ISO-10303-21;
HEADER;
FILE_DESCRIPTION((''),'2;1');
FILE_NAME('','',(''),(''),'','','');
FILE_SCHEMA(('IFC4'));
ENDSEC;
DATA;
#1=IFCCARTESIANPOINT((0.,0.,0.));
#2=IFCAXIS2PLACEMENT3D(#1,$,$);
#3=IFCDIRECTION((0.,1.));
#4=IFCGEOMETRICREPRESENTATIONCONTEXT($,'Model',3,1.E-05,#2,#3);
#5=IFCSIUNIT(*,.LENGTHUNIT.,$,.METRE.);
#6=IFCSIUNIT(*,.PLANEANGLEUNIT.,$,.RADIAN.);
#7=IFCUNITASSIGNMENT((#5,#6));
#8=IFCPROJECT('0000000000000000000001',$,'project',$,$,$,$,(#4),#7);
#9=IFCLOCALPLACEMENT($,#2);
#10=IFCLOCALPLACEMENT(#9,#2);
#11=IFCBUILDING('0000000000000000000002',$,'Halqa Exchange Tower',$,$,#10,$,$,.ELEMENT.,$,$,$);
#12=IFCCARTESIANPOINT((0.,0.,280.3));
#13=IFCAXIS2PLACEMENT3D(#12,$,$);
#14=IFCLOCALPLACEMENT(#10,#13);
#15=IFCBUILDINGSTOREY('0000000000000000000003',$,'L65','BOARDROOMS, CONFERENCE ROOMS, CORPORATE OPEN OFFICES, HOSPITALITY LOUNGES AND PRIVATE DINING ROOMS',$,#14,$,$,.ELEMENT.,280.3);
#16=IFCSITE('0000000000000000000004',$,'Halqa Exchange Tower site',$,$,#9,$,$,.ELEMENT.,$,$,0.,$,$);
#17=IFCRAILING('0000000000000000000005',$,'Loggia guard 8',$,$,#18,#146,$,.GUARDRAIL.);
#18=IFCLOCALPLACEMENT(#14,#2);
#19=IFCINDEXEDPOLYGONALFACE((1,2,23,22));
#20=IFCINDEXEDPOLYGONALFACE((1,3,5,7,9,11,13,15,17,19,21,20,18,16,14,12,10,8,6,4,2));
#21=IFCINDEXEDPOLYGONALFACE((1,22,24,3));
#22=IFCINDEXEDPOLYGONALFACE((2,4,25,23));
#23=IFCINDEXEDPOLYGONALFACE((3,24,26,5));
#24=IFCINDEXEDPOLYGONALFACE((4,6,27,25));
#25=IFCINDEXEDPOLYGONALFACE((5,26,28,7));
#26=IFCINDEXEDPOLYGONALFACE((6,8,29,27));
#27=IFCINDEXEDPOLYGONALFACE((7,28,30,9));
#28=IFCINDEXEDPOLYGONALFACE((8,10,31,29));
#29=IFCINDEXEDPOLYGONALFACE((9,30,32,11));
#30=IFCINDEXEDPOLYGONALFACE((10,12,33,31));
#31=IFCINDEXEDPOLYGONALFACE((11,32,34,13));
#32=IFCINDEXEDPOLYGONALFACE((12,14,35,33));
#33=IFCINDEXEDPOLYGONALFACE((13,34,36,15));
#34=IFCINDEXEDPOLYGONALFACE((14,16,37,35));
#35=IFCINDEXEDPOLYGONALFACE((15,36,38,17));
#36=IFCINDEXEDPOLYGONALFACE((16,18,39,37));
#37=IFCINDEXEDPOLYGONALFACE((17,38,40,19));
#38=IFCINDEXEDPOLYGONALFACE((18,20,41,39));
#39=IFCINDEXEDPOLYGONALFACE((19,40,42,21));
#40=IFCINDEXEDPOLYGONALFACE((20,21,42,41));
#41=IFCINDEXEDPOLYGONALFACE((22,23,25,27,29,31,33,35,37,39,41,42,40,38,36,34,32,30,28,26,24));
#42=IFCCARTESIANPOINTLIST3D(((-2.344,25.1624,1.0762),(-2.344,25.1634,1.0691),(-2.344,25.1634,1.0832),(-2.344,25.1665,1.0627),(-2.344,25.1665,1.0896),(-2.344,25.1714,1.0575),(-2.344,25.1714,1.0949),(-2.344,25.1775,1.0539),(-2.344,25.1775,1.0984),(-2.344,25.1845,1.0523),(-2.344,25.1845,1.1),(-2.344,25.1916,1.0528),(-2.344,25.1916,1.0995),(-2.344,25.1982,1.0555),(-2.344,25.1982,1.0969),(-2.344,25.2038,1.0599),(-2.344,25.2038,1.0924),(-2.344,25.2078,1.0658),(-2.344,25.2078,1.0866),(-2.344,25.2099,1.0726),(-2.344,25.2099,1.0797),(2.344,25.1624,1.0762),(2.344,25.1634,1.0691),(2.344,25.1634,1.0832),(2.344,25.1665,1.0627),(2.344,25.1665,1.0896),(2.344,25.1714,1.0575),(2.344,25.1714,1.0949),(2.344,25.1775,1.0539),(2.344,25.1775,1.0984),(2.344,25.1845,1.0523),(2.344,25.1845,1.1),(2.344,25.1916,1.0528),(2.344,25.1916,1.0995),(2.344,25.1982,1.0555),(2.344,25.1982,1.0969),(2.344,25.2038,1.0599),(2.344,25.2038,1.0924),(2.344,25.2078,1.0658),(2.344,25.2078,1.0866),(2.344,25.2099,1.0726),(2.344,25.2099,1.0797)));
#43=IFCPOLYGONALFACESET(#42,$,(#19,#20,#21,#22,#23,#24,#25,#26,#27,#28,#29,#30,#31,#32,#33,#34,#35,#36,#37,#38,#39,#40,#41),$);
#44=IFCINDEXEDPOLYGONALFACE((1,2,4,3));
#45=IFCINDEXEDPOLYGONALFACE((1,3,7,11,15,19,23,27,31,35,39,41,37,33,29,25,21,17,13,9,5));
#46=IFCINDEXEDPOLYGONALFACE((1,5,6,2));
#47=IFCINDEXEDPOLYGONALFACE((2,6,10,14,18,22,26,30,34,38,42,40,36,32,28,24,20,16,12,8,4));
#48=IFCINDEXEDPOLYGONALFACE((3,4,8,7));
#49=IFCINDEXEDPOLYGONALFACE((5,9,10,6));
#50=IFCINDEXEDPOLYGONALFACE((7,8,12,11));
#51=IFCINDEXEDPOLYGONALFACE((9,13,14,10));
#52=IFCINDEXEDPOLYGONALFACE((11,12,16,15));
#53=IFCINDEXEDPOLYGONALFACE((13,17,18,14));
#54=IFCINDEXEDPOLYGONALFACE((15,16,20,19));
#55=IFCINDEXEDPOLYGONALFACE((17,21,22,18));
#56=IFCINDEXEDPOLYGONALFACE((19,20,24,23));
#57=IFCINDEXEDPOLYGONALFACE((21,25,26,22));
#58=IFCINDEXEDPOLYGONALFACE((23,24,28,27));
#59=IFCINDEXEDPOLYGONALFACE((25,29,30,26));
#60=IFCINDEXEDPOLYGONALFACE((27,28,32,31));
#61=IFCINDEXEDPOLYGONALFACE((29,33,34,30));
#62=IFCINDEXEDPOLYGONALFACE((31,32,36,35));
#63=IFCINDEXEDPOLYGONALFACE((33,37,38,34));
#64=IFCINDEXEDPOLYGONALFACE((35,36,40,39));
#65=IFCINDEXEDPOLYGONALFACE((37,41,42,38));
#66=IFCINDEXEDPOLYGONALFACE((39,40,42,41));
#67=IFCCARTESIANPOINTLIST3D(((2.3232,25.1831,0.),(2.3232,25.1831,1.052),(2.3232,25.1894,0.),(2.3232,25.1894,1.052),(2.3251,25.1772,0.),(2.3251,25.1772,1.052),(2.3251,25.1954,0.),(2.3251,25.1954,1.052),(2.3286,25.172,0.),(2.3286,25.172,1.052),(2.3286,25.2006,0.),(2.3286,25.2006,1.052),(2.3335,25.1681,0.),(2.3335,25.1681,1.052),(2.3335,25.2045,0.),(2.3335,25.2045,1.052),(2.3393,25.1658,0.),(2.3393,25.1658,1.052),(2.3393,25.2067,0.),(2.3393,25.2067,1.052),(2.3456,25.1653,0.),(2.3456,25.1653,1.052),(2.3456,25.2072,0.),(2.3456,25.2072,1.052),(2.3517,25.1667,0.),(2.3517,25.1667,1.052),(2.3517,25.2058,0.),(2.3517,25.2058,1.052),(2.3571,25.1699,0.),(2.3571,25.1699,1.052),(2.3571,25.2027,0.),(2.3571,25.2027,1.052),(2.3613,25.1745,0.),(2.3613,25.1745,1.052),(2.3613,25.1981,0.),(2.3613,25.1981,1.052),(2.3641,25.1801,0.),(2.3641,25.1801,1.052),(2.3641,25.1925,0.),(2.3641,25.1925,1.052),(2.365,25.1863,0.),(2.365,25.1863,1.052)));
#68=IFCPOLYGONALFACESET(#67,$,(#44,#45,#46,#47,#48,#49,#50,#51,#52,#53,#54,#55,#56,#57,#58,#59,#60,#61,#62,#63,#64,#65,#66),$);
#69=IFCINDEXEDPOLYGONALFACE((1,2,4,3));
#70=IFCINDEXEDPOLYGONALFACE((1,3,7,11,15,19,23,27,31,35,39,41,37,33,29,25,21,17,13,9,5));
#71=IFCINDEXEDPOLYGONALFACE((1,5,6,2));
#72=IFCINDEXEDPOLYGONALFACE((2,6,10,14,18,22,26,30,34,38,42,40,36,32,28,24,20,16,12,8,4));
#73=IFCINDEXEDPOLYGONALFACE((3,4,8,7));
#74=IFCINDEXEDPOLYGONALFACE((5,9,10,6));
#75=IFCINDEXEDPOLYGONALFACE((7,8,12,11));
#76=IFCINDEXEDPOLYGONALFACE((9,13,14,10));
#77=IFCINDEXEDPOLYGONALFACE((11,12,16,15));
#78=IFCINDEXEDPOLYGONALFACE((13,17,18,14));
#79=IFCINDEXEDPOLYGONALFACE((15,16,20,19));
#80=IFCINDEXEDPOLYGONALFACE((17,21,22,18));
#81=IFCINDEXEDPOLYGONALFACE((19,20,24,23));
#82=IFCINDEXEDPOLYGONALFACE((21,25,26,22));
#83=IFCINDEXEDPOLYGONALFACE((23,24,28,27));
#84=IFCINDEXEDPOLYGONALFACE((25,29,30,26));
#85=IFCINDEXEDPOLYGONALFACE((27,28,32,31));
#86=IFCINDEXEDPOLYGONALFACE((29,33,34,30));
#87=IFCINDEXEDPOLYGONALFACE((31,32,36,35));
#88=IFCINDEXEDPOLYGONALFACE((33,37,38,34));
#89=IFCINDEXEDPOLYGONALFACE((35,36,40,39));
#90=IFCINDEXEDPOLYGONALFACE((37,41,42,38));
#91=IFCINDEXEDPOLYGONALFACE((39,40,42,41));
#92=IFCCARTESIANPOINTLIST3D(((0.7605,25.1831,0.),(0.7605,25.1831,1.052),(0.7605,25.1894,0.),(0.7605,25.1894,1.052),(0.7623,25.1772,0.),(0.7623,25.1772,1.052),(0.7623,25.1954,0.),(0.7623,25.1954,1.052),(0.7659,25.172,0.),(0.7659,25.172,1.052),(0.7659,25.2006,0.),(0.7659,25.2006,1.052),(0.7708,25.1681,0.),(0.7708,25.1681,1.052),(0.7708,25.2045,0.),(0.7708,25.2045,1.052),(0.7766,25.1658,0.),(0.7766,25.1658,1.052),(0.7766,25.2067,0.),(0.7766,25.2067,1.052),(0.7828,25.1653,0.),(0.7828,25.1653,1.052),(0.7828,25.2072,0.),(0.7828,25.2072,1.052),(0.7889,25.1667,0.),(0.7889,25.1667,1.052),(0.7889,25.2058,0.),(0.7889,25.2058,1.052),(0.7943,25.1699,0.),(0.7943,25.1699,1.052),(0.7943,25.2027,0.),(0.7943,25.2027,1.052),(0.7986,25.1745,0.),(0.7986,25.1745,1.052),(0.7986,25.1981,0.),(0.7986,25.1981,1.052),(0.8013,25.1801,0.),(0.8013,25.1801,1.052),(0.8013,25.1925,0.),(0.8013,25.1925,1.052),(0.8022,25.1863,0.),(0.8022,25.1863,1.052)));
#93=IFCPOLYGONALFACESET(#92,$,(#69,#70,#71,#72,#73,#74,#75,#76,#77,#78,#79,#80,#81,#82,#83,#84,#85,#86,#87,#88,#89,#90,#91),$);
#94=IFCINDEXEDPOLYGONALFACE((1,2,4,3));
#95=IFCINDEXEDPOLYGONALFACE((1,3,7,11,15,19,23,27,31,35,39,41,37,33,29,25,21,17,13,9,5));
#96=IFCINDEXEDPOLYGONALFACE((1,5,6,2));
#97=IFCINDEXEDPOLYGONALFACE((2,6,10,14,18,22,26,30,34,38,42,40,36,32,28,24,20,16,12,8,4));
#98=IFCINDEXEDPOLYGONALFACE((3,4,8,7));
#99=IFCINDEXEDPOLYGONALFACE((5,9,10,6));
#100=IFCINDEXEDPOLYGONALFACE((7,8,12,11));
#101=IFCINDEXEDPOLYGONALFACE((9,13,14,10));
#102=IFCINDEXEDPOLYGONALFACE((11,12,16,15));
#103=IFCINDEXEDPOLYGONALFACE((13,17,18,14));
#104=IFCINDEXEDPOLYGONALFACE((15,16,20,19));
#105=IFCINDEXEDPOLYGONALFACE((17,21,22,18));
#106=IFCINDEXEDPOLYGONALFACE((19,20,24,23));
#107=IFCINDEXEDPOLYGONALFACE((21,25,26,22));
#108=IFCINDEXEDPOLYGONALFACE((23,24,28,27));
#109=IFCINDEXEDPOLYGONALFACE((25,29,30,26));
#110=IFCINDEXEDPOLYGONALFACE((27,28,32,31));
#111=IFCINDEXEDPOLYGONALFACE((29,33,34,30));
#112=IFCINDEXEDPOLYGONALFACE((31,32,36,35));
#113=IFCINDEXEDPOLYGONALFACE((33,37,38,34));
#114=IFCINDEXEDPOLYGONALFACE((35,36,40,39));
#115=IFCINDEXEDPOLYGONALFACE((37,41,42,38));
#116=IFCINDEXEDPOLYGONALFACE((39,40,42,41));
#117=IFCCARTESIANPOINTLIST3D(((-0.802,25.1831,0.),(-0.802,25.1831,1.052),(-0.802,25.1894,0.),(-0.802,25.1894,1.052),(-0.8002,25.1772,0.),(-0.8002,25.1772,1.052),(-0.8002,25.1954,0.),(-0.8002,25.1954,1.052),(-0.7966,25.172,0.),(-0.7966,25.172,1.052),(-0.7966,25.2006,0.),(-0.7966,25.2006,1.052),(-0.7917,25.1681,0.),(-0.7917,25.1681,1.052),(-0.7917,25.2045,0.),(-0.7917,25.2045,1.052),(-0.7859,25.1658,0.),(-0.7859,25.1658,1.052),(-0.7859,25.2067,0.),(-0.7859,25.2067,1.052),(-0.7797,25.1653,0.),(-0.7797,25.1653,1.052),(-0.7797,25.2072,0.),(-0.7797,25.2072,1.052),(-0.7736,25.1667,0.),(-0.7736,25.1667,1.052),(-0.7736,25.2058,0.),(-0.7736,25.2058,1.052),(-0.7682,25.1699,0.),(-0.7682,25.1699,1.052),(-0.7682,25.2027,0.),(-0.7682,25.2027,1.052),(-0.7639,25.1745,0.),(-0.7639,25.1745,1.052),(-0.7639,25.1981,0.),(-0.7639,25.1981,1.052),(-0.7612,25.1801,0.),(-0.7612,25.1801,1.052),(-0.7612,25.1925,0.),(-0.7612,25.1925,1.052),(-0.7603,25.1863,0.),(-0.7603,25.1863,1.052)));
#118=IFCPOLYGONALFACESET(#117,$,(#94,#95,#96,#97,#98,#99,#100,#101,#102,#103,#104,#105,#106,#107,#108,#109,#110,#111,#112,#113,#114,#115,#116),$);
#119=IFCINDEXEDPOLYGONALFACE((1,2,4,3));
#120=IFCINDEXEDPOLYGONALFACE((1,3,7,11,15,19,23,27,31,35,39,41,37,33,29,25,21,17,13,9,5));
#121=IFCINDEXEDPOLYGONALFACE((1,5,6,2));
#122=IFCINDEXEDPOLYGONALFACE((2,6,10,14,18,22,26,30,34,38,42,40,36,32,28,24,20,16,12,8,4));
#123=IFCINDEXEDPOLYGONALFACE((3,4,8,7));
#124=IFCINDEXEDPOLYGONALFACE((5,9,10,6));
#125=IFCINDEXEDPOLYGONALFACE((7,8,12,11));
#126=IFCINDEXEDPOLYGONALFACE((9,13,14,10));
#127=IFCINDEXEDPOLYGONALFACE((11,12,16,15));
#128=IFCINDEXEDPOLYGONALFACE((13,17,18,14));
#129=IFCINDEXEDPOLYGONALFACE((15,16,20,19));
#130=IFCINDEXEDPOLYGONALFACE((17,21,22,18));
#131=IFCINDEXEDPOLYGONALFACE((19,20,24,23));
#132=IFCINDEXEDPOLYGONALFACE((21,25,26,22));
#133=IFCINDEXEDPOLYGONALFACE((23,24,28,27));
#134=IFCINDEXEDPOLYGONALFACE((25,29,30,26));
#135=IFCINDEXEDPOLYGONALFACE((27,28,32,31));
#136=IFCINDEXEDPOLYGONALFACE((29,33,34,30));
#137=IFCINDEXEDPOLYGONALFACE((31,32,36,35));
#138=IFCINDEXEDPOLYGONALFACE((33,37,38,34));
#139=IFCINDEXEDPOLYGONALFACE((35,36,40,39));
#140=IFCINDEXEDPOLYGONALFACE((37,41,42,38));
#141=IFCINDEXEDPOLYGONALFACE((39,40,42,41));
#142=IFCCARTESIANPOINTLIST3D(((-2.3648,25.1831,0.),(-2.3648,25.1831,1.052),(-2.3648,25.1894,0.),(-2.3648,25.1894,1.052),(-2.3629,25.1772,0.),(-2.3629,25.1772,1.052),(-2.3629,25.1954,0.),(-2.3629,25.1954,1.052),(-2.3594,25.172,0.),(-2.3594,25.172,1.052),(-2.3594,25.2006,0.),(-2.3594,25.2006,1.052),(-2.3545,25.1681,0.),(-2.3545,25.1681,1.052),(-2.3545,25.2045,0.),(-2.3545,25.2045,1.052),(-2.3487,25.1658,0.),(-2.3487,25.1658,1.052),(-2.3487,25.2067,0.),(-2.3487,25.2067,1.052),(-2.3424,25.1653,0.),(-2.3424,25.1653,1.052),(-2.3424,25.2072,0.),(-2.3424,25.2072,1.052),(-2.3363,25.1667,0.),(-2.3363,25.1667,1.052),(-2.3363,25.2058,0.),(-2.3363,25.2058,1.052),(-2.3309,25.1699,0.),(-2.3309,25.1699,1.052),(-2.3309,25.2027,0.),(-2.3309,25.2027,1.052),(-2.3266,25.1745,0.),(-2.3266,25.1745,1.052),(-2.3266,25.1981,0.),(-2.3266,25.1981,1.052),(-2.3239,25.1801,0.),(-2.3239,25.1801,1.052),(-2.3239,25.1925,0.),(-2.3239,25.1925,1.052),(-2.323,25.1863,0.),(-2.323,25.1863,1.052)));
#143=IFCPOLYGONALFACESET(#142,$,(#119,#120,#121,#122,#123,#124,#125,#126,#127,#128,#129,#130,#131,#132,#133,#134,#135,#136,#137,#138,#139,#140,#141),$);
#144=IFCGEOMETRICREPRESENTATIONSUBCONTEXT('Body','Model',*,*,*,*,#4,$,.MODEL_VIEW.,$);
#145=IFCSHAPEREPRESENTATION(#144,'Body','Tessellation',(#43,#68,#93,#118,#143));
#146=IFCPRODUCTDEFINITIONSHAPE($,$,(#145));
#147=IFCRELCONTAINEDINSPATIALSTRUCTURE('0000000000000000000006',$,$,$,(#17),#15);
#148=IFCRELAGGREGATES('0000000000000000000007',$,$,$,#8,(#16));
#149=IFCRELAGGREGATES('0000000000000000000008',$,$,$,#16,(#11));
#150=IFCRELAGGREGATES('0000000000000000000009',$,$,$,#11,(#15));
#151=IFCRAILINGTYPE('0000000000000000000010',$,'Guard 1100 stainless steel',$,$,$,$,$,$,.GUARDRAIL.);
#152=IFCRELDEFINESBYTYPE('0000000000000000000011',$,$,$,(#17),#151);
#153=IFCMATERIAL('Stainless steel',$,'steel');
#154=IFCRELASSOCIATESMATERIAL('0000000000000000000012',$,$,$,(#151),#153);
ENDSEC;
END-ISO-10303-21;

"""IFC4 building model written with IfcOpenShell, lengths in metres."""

from ifc_helpers import new_model, si_unit, direction, frame, origin, origin_2d, place, context, subcontext, project, spatial, circle, extrude, material, type_object, element, save


model = new_model("IFC4")

# Units and contexts
model_context = context("Model", 3, precision=1e-05, world=origin(), true_north=direction((0.0, 1.0)))
body_context = subcontext(model_context, "Body", "Model", "MODEL_VIEW")
ifc_project = project(units=[si_unit("LENGTHUNIT", "METRE"), si_unit("PLANEANGLEUNIT", "RADIAN")], contexts=[model_context])

# Site, building, storey
site_placement = place(None, origin())
site = spatial("IfcSite", under=ifc_project, at=site_placement, Name="Halqa Exchange Tower site", CompositionType="ELEMENT", RefElevation=0.0)
building_placement = place(site_placement, origin())
building = spatial("IfcBuilding", under=site, at=building_placement, Name="Halqa Exchange Tower", CompositionType="ELEMENT")
storey_placement = place(building_placement, frame((0.0, 0.0, 280.3)))
storey = spatial("IfcBuildingStorey", under=building, at=storey_placement, Name="L65", Description="BOARDROOMS, CONFERENCE ROOMS, CORPORATE OPEN OFFICES, HOSPITALITY LOUNGES AND PRIVATE DINING ROOMS", CompositionType="ELEMENT", Elevation=280.3)

# Railing
ifc_material_1 = material(Name="Stainless steel", Category="steel")
railing_type_1 = type_object("IfcRailingType", Name="Guard 1100 stainless steel", PredefinedType="GUARDRAIL", material=ifc_material_1)
railing_1_placement = place(storey_placement, frame((2.344, 25.1863, 0.0)))
element("IfcRailing", 1, at=railing_1_placement, inside=storey, type_object=railing_type_1, Name="Loggia guard 8", PredefinedType="GUARDRAIL", context=body_context, shape_type="SweptSolid", body=[
    extrude(circle(Radius=0.0239, at=origin_2d()), frame((0.0, 0.0, 1.0762), z_axis=(-1.0, 0.0, 0.0), x_axis=(0.0, -1.0, 0.0)), (0.0, 0.0, 1.0), 4.688),
    extrude(circle(Radius=0.021, at=origin_2d()), origin(), (0.0, 0.0, 1.0), 1.052),
    extrude(circle(Radius=0.021, at=origin_2d()), frame((-1.5627, 0.0, 0.0)), (0.0, 0.0, 1.0), 1.052),
    extrude(circle(Radius=0.021, at=origin_2d()), frame((-3.1252, 0.0, 0.0)), (0.0, 0.0, 1.0), 1.052),
    extrude(circle(Radius=0.021, at=origin_2d()), frame((-4.688, 0.0, 0.0)), (0.0, 0.0, 1.0), 1.052),
])

save(model, "model.ifc")
